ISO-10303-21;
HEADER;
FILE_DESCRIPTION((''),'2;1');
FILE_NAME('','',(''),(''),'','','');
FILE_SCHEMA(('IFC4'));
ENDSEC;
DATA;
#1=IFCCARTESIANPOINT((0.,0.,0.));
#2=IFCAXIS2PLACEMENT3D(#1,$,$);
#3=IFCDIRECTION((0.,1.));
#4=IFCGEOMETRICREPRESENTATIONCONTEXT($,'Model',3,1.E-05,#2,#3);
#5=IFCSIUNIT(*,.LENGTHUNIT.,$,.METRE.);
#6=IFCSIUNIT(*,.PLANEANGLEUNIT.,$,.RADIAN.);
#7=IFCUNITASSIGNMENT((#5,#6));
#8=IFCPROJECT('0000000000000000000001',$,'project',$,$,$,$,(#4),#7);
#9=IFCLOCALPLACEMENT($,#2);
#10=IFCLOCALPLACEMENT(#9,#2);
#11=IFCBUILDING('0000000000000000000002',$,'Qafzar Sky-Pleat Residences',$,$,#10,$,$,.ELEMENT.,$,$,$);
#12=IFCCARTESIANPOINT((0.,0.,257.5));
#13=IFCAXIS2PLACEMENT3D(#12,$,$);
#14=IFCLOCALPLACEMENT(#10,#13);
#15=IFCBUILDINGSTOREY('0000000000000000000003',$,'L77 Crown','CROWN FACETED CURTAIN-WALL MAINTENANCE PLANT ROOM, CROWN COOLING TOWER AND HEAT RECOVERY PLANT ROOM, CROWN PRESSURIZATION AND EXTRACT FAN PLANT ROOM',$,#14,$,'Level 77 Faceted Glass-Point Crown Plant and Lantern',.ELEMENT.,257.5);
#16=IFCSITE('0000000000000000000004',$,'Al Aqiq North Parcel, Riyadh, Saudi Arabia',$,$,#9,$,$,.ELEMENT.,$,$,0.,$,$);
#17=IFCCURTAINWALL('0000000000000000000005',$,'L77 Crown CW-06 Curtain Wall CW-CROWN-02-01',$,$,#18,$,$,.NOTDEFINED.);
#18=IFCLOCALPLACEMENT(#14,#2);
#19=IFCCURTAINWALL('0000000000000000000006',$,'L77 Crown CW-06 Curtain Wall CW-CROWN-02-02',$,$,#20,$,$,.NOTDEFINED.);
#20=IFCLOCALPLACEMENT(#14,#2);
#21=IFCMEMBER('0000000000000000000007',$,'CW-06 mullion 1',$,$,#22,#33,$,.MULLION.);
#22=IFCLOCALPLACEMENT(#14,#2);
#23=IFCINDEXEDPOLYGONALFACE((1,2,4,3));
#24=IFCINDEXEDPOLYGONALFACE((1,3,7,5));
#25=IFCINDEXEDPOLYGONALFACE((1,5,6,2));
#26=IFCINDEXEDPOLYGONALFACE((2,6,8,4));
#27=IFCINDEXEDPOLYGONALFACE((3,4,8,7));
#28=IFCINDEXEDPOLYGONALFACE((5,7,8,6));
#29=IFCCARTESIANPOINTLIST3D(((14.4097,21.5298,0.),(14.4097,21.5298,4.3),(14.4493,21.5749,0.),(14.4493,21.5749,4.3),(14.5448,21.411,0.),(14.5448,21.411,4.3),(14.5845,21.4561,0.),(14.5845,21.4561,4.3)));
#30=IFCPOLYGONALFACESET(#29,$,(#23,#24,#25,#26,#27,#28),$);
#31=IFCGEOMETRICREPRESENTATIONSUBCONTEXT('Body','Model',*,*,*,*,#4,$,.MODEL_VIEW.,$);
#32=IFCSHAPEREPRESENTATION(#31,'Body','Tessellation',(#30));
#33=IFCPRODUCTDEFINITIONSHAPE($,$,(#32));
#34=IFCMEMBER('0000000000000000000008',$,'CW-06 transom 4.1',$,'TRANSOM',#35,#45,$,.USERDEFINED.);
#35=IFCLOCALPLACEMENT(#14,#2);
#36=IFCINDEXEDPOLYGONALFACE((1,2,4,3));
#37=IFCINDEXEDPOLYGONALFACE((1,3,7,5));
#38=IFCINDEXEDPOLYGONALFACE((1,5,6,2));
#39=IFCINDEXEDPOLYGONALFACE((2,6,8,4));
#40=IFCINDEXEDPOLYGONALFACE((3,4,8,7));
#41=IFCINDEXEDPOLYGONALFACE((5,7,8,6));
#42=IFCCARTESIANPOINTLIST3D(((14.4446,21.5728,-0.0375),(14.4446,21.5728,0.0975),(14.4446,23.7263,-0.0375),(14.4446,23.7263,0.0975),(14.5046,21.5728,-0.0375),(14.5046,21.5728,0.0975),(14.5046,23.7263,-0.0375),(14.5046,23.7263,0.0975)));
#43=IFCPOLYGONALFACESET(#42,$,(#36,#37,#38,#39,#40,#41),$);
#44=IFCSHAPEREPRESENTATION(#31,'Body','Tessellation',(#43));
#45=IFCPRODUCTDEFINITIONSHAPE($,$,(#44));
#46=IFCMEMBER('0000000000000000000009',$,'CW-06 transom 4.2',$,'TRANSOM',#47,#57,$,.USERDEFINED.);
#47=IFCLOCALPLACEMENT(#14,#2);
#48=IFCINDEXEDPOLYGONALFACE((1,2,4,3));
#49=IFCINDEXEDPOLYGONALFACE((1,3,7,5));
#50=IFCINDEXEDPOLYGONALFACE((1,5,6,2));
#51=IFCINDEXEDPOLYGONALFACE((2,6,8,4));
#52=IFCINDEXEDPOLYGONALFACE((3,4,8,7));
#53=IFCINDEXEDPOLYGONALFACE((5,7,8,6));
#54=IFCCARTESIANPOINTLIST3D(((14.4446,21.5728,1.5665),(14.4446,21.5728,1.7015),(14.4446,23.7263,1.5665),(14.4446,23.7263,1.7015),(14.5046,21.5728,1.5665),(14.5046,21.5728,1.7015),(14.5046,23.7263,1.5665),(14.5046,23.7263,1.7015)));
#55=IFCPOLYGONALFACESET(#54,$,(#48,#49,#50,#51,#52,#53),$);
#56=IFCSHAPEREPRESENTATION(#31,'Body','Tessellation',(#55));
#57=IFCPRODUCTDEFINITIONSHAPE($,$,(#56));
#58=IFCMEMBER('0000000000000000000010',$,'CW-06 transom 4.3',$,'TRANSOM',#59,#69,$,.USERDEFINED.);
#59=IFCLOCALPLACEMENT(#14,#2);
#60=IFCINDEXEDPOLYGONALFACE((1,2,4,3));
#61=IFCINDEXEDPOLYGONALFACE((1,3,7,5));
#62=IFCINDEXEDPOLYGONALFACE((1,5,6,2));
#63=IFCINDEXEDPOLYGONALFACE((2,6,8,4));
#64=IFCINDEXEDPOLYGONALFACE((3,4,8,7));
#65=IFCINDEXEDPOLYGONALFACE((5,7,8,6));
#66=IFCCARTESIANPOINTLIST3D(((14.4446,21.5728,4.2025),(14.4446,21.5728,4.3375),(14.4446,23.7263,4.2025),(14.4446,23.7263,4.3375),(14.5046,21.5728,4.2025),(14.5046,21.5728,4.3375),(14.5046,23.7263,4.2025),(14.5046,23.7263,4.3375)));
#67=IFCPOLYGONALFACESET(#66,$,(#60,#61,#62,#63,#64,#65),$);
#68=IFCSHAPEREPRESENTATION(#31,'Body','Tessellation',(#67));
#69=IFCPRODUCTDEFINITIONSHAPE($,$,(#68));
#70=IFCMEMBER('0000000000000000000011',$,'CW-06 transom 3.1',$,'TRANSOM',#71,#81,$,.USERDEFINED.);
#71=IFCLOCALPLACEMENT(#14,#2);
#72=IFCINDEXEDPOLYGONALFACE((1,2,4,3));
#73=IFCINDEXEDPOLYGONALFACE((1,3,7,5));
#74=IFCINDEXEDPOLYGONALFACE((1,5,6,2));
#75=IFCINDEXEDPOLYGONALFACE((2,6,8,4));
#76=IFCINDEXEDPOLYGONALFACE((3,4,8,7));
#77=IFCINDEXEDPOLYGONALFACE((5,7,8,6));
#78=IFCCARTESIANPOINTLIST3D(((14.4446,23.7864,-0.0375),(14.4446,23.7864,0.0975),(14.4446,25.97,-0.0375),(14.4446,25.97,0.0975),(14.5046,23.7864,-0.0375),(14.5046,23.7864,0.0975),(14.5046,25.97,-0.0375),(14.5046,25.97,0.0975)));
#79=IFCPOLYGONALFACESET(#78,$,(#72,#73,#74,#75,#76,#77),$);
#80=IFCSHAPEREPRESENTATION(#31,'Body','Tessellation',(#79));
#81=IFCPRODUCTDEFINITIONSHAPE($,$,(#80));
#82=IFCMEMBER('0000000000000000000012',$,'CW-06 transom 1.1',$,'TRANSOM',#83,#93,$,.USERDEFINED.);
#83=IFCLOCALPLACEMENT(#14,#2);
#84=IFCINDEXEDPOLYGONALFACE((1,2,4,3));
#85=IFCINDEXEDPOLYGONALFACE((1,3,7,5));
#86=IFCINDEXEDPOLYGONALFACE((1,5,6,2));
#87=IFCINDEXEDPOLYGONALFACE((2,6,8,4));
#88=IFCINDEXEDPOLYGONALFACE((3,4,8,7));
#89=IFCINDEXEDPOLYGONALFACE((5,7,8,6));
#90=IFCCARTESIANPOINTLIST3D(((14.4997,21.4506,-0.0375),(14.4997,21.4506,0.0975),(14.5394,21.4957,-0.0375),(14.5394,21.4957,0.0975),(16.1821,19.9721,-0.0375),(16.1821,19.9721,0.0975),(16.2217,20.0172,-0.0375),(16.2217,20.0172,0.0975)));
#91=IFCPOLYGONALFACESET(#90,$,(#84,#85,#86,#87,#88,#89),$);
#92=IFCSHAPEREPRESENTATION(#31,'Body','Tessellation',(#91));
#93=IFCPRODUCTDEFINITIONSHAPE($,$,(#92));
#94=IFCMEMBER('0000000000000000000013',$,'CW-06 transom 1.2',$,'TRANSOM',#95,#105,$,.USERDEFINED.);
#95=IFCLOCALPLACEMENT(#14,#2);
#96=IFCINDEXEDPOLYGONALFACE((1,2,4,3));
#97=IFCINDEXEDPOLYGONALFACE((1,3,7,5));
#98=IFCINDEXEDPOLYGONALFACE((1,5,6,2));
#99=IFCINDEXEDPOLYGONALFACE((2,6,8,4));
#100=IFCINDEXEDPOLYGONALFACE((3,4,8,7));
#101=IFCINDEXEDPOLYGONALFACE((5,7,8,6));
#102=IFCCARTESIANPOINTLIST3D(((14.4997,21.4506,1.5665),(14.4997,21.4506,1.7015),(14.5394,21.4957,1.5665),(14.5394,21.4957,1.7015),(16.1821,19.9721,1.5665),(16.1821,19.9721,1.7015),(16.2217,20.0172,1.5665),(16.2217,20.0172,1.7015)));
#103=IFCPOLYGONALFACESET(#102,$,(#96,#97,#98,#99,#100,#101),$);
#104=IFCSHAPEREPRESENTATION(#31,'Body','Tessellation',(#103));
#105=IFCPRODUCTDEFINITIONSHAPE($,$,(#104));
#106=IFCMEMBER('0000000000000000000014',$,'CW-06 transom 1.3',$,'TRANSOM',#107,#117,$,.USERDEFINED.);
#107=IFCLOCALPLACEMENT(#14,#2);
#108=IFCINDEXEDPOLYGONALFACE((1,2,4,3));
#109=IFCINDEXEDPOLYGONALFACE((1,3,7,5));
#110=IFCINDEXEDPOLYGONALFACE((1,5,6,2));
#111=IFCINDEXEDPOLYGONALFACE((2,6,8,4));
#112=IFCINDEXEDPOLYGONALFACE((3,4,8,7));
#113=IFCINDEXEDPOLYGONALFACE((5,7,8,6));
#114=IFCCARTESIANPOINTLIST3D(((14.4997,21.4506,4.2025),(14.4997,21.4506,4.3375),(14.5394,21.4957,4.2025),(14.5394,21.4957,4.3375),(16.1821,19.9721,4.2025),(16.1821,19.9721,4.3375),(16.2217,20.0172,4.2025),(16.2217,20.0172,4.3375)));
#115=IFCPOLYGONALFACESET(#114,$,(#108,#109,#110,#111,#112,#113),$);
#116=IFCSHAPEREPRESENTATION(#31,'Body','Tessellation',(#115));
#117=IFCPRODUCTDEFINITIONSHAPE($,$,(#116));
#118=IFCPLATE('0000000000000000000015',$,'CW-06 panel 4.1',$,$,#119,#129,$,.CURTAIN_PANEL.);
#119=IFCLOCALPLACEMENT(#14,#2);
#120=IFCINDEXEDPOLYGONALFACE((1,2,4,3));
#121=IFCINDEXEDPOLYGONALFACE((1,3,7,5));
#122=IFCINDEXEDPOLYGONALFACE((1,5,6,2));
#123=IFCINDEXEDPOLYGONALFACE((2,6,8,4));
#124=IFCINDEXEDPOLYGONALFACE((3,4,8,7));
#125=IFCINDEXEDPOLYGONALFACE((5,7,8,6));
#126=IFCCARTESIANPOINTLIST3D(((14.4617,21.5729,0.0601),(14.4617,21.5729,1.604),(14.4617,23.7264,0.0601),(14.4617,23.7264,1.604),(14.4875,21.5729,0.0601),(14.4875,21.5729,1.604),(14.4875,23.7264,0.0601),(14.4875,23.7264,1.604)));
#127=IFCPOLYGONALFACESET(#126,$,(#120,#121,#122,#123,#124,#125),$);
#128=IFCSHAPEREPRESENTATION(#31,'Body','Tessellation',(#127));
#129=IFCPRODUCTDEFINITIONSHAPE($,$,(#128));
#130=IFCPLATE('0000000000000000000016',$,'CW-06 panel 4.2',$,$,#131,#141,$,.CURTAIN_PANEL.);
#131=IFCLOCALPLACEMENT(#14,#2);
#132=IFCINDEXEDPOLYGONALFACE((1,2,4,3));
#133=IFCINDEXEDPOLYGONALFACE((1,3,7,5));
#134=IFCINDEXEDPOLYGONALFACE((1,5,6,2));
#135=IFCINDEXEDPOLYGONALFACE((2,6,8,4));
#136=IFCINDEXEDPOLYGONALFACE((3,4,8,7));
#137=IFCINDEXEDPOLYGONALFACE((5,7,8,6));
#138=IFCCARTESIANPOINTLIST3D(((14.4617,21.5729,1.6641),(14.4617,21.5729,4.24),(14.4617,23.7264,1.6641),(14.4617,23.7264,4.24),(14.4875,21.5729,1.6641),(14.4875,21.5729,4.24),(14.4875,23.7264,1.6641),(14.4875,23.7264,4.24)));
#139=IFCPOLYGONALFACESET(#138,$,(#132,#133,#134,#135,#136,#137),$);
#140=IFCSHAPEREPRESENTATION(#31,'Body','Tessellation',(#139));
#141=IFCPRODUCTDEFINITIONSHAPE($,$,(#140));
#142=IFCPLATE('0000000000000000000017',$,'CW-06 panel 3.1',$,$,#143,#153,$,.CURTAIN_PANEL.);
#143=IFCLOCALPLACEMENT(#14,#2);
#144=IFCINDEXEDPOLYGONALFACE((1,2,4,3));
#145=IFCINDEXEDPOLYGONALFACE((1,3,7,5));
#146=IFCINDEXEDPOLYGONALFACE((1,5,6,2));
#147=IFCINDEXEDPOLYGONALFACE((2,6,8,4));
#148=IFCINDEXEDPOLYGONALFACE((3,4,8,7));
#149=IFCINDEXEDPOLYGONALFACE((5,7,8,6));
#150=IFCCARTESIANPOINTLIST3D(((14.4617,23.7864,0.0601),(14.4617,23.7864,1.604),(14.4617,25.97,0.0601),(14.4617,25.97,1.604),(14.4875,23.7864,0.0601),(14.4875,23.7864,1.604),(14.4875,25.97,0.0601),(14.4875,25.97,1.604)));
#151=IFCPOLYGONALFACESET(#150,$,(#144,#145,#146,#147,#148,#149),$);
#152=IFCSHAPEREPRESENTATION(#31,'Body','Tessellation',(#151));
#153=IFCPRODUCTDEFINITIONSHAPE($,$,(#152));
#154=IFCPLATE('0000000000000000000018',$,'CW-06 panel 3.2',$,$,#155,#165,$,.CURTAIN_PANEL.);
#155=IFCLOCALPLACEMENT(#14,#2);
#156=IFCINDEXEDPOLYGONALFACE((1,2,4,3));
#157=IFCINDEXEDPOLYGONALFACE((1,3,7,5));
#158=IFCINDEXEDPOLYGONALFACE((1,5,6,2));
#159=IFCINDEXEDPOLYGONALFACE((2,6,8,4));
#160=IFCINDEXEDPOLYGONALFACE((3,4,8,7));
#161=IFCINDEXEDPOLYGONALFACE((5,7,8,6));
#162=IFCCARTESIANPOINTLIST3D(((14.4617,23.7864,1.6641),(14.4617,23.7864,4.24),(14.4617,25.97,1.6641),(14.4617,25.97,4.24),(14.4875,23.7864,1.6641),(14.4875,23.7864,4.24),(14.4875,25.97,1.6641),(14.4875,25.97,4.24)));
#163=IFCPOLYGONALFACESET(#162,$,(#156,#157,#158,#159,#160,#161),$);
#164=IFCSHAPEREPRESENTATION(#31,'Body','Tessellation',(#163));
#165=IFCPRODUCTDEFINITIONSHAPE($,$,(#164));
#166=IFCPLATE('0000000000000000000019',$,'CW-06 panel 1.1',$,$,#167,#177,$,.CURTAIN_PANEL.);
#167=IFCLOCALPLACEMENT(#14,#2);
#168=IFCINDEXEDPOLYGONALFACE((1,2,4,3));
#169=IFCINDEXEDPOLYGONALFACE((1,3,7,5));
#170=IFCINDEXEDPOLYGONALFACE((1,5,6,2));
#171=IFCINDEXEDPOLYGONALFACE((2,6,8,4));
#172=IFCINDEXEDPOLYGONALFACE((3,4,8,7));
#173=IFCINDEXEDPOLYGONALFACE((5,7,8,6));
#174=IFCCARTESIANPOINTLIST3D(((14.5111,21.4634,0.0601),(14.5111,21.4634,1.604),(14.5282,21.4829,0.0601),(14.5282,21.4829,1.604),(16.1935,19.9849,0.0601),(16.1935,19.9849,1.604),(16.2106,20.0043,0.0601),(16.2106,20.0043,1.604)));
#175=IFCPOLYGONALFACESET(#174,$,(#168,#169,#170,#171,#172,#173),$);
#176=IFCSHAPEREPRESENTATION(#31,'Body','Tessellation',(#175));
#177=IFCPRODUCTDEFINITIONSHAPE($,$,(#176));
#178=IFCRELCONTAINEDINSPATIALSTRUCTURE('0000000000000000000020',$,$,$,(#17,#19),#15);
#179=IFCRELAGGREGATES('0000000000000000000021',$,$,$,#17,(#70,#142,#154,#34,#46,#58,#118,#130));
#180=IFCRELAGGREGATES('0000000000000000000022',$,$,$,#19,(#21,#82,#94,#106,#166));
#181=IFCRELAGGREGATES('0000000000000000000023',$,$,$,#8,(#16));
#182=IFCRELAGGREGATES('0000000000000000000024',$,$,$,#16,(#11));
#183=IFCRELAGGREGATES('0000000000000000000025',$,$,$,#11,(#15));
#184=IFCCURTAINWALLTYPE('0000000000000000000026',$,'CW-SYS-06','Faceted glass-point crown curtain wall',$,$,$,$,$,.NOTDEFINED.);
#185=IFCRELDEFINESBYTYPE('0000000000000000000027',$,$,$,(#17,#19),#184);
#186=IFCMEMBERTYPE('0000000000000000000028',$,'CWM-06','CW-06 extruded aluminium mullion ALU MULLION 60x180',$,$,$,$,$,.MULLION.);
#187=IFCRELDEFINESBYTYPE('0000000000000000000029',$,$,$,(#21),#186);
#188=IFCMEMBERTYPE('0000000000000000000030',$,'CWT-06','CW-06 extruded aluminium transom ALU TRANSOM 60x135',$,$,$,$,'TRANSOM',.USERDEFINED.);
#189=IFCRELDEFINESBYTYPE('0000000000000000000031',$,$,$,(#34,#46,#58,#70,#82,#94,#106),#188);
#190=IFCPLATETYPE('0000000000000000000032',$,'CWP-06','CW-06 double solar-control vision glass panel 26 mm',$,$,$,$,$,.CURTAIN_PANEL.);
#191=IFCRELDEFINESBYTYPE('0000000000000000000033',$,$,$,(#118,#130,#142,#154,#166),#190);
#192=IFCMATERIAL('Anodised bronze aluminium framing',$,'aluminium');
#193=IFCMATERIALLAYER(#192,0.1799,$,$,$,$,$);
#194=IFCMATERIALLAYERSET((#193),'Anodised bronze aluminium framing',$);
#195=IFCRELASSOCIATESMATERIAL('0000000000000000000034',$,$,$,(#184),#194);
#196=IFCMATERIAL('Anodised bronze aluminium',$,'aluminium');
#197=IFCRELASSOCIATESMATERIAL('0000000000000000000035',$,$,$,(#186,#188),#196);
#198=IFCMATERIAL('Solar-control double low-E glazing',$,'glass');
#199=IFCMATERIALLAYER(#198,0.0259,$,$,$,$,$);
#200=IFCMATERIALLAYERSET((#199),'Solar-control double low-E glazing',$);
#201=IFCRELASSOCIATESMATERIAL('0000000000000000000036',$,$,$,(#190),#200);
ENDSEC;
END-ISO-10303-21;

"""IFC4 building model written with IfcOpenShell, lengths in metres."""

from ifc_helpers import new_model, si_unit, direction, frame, origin, origin_2d, place, context, subcontext, project, spatial, rectangle, extrude, source, transform, mapped, material, layer, layer_set, material_profile, profile_set, type_object, element, aggregate, save


model = new_model("IFC4")

# Units and contexts
model_context = context("Model", 3, precision=1e-05, world=origin(), true_north=direction((0.0, 1.0)))
body_context = subcontext(model_context, "Body", "Model", "MODEL_VIEW")
ifc_project = project(units=[si_unit("LENGTHUNIT", "METRE"), si_unit("PLANEANGLEUNIT", "RADIAN")], contexts=[model_context])

# Site, building, storey
site_placement = place(None, origin())
site = spatial("IfcSite", under=ifc_project, at=site_placement, Name="Al Aqiq North Parcel, Riyadh, Saudi Arabia", CompositionType="ELEMENT", RefElevation=0.0)
building_placement = place(site_placement, origin())
building = spatial("IfcBuilding", under=site, at=building_placement, Name="Qafzar Sky-Pleat Residences", CompositionType="ELEMENT")
storey_placement = place(building_placement, frame((0.0, 0.0, 257.5)))
storey = spatial("IfcBuildingStorey", under=building, at=storey_placement, Name="L77 Crown", Description="CROWN FACETED CURTAIN-WALL MAINTENANCE PLANT ROOM, CROWN COOLING TOWER AND HEAT RECOVERY PLANT ROOM, CROWN PRESSURIZATION AND EXTRACT FAN PLANT ROOM", LongName="Level 77 Faceted Glass-Point Crown Plant and Lantern", CompositionType="ELEMENT", Elevation=257.5)

# Curtain wall
ifc_material_1 = material(Name="Anodised bronze aluminium framing", Category="aluminium")
ifc_layer_1 = layer(ifc_material_1, 0.1799)
ifc_layer_set_1 = layer_set([ifc_layer_1], Name="Anodised bronze aluminium framing")
curtain_wall_type = type_object("IfcCurtainWallType", Name="CW-SYS-06", Description="Faceted glass-point crown curtain wall", PredefinedType="NOTDEFINED", material=ifc_layer_set_1)
curtain_wall_1_placement = place(storey_placement, origin())
curtain_wall_1 = element("IfcCurtainWall", 1, at=curtain_wall_1_placement, inside=storey, type_object=curtain_wall_type, Name="L77 Crown CW-06 Curtain Wall CW-CROWN-02-01", PredefinedType="NOTDEFINED")
ifc_material_2 = material(Name="Anodised bronze aluminium", Category="aluminium")
ifc_material_profile_1 = material_profile(ifc_material_2, rectangle(XDim=0.0601, YDim=0.1799, at=origin_2d()), Name="ALU MULLION 60x180")
ifc_profile_set_1 = profile_set([ifc_material_profile_1], Name="Anodised bronze aluminium")
member_type_1 = type_object("IfcMemberType", Name="CWM-06", Description="CW-06 extruded aluminium mullion ALU MULLION 60x180", PredefinedType="MULLION", material=ifc_profile_set_1)
shared_shape_1 = source(origin(), body_context, "Body", "SweptSolid", [
    extrude(rectangle(XDim=0.0601, YDim=0.1799, at=origin_2d()), origin(), (0.0, 0.0, 1.0), 4.3),
])

# Curtain wall, member
curtain_wall_2_placement = place(storey_placement, origin())
curtain_wall_2 = element("IfcCurtainWall", 2, at=curtain_wall_2_placement, inside=storey, type_object=curtain_wall_type, Name="L77 Crown CW-06 Curtain Wall CW-CROWN-02-02", PredefinedType="NOTDEFINED")
member_1_placement = place(storey_placement, frame((14.4971, 21.4929, 0.0), z_axis=(0.0, 0.0, 1.0), x_axis=(0.660129, 0.751152, 0.0)))
member_1 = element("IfcMember", 3, at=member_1_placement, type_object=member_type_1, Name="CW-06 mullion 1", PredefinedType="MULLION", context=body_context, shape_type="MappedRepresentation", body=[
    mapped(shared_shape_1, transform((0.0, 0.0, 0.0), x_axis=(1.0, 0.0, 0.0), y_axis=(0.0, 1.0, 0.0), z_axis=(0.0, 0.0, 1.0), scale=1.0)),
])

# Members
ifc_material_profile_2 = material_profile(ifc_material_2, rectangle(XDim=0.0601, YDim=0.135, at=origin_2d()), Name="ALU TRANSOM 60x135")
ifc_profile_set_2 = profile_set([ifc_material_profile_2], Name="Anodised bronze aluminium")
member_type_2 = type_object("IfcMemberType", Name="CWT-06", Description="CW-06 extruded aluminium transom ALU TRANSOM 60x135", ElementType="TRANSOM", PredefinedType="USERDEFINED", material=ifc_profile_set_2)
shared_shape_2 = source(origin(), body_context, "Body", "SweptSolid", [
    extrude(rectangle(XDim=0.0601, YDim=0.135, at=origin_2d()), origin(), (0.0, 0.0, 1.0), 2.1536),
])
member_2_placement = place(storey_placement, frame((14.4746, 23.7263, 0.03), z_axis=(0.0, -1.0, 0.0), x_axis=(1.0, 0.0, 0.0)))
member_2 = element("IfcMember", 4, at=member_2_placement, type_object=member_type_2, Name="CW-06 transom 4.1", ObjectType="TRANSOM", PredefinedType="USERDEFINED", context=body_context, shape_type="MappedRepresentation", body=[
    mapped(shared_shape_2, transform((0.0, 0.0, 0.0), x_axis=(1.0, 0.0, 0.0), y_axis=(0.0, 1.0, 0.0), z_axis=(0.0, 0.0, 1.0), scale=1.0)),
])
member_3_placement = place(storey_placement, frame((14.4746, 23.7263, 1.634), z_axis=(0.0, -1.0, 0.0), x_axis=(1.0, 0.0, 0.0)))
member_3 = element("IfcMember", 5, at=member_3_placement, type_object=member_type_2, Name="CW-06 transom 4.2", ObjectType="TRANSOM", PredefinedType="USERDEFINED", context=body_context, shape_type="MappedRepresentation", body=[
    mapped(shared_shape_2, transform((0.0, 0.0, 0.0), x_axis=(1.0, 0.0, 0.0), y_axis=(0.0, 1.0, 0.0), z_axis=(0.0, 0.0, 1.0), scale=1.0)),
])
member_4_placement = place(storey_placement, frame((14.4746, 23.7263, 4.27), z_axis=(0.0, -1.0, 0.0), x_axis=(1.0, 0.0, 0.0)))
member_4 = element("IfcMember", 6, at=member_4_placement, type_object=member_type_2, Name="CW-06 transom 4.3", ObjectType="TRANSOM", PredefinedType="USERDEFINED", context=body_context, shape_type="MappedRepresentation", body=[
    mapped(shared_shape_2, transform((0.0, 0.0, 0.0), x_axis=(1.0, 0.0, 0.0), y_axis=(0.0, 1.0, 0.0), z_axis=(0.0, 0.0, 1.0), scale=1.0)),
])
shared_shape_3 = source(origin(), body_context, "Body", "SweptSolid", [
    extrude(rectangle(XDim=0.0601, YDim=0.135, at=origin_2d()), origin(), (0.0, 0.0, 1.0), 2.1836),
])
member_5_placement = place(storey_placement, frame((14.4746, 25.97, 0.03), z_axis=(0.0, -1.0, 0.0), x_axis=(1.0, 0.0, 0.0)))
member_5 = element("IfcMember", 7, at=member_5_placement, type_object=member_type_2, Name="CW-06 transom 3.1", ObjectType="TRANSOM", PredefinedType="USERDEFINED", context=body_context, shape_type="MappedRepresentation", body=[
    mapped(shared_shape_3, transform((0.0, 0.0, 0.0), x_axis=(1.0, 0.0, 0.0), y_axis=(0.0, 1.0, 0.0), z_axis=(0.0, 0.0, 1.0), scale=1.0)),
])
shared_shape_4 = source(origin(), body_context, "Body", "SweptSolid", [
    extrude(rectangle(XDim=0.0601, YDim=0.135, at=origin_2d()), origin(), (0.0, 0.0, 1.0), 2.2397),
])
member_6_placement = place(storey_placement, frame((14.5195, 21.4731, 0.03), z_axis=(0.75115, -0.660131, 0.0), x_axis=(0.660131, 0.75115, 0.0)))
member_6 = element("IfcMember", 8, at=member_6_placement, type_object=member_type_2, Name="CW-06 transom 1.1", ObjectType="TRANSOM", PredefinedType="USERDEFINED", context=body_context, shape_type="MappedRepresentation", body=[
    mapped(shared_shape_4, transform((0.0, 0.0, 0.0), x_axis=(1.0, 0.0, 0.0), y_axis=(0.0, 1.0, 0.0), z_axis=(0.0, 0.0, 1.0), scale=1.0)),
])
member_7_placement = place(storey_placement, frame((14.5195, 21.4731, 1.634), z_axis=(0.75115, -0.660131, 0.0), x_axis=(0.660131, 0.75115, 0.0)))
member_7 = element("IfcMember", 9, at=member_7_placement, type_object=member_type_2, Name="CW-06 transom 1.2", ObjectType="TRANSOM", PredefinedType="USERDEFINED", context=body_context, shape_type="MappedRepresentation", body=[
    mapped(shared_shape_4, transform((0.0, 0.0, 0.0), x_axis=(1.0, 0.0, 0.0), y_axis=(0.0, 1.0, 0.0), z_axis=(0.0, 0.0, 1.0), scale=1.0)),
])
member_8_placement = place(storey_placement, frame((14.5195, 21.4731, 4.27), z_axis=(0.75115, -0.660131, 0.0), x_axis=(0.660131, 0.75115, 0.0)))
member_8 = element("IfcMember", 10, at=member_8_placement, type_object=member_type_2, Name="CW-06 transom 1.3", ObjectType="TRANSOM", PredefinedType="USERDEFINED", context=body_context, shape_type="MappedRepresentation", body=[
    mapped(shared_shape_4, transform((0.0, 0.0, 0.0), x_axis=(1.0, 0.0, 0.0), y_axis=(0.0, 1.0, 0.0), z_axis=(0.0, 0.0, 1.0), scale=1.0)),
])

# Plates
ifc_material_3 = material(Name="Solar-control double low-E glazing", Category="glass")
ifc_layer_2 = layer(ifc_material_3, 0.0259)
ifc_layer_set_2 = layer_set([ifc_layer_2], Name="Solar-control double low-E glazing")
plate_type = type_object("IfcPlateType", Name="CWP-06", Description="CW-06 double solar-control vision glass panel 26 mm", PredefinedType="CURTAIN_PANEL", material=ifc_layer_set_2)
shared_shape_5 = source(origin(), body_context, "Body", "SweptSolid", [
    extrude(rectangle(XDim=2.1536, YDim=0.0259, at=origin_2d()), origin(), (0.0, 0.0, 1.0), 1.5439),
])
plate_1_placement = place(storey_placement, frame((14.4746, 22.6497, 0.0601), z_axis=(0.0, 0.0, 1.0), x_axis=(0.0, -1.0, 0.0)))
plate_1 = element("IfcPlate", 11, at=plate_1_placement, type_object=plate_type, Name="CW-06 panel 4.1", PredefinedType="CURTAIN_PANEL", context=body_context, shape_type="MappedRepresentation", body=[
    mapped(shared_shape_5, transform((0.0, 0.0, 0.0), x_axis=(1.0, 0.0, 0.0), y_axis=(0.0, 1.0, 0.0), z_axis=(0.0, 0.0, 1.0), scale=1.0)),
])
shared_shape_6 = source(origin(), body_context, "Body", "SweptSolid", [
    extrude(rectangle(XDim=2.1536, YDim=0.0259, at=origin_2d()), origin(), (0.0, 0.0, 1.0), 2.5759),
])
plate_2_placement = place(storey_placement, frame((14.4746, 22.6497, 1.6641), z_axis=(0.0, 0.0, 1.0), x_axis=(0.0, -1.0, 0.0)))
plate_2 = element("IfcPlate", 12, at=plate_2_placement, type_object=plate_type, Name="CW-06 panel 4.2", PredefinedType="CURTAIN_PANEL", context=body_context, shape_type="MappedRepresentation", body=[
    mapped(shared_shape_6, transform((0.0, 0.0, 0.0), x_axis=(1.0, 0.0, 0.0), y_axis=(0.0, 1.0, 0.0), z_axis=(0.0, 0.0, 1.0), scale=1.0)),
])
shared_shape_7 = source(origin(), body_context, "Body", "SweptSolid", [
    extrude(rectangle(XDim=2.1836, YDim=0.0259, at=origin_2d()), origin(), (0.0, 0.0, 1.0), 1.5439),
])
plate_3_placement = place(storey_placement, frame((14.4746, 24.8782, 0.0601), z_axis=(0.0, 0.0, 1.0), x_axis=(0.0, -1.0, 0.0)))
plate_3 = element("IfcPlate", 13, at=plate_3_placement, type_object=plate_type, Name="CW-06 panel 3.1", PredefinedType="CURTAIN_PANEL", context=body_context, shape_type="MappedRepresentation", body=[
    mapped(shared_shape_7, transform((0.0, 0.0, 0.0), x_axis=(1.0, 0.0, 0.0), y_axis=(0.0, 1.0, 0.0), z_axis=(0.0, 0.0, 1.0), scale=1.0)),
])
shared_shape_8 = source(origin(), body_context, "Body", "SweptSolid", [
    extrude(rectangle(XDim=2.1836, YDim=0.0259, at=origin_2d()), origin(), (0.0, 0.0, 1.0), 2.5759),
])
plate_4_placement = place(storey_placement, frame((14.4746, 24.8782, 1.6641), z_axis=(0.0, 0.0, 1.0), x_axis=(0.0, -1.0, 0.0)))
plate_4 = element("IfcPlate", 14, at=plate_4_placement, type_object=plate_type, Name="CW-06 panel 3.2", PredefinedType="CURTAIN_PANEL", context=body_context, shape_type="MappedRepresentation", body=[
    mapped(shared_shape_8, transform((0.0, 0.0, 0.0), x_axis=(1.0, 0.0, 0.0), y_axis=(0.0, 1.0, 0.0), z_axis=(0.0, 0.0, 1.0), scale=1.0)),
])
aggregate(curtain_wall_1, [member_5, plate_3, plate_4, member_2, member_3, member_4, plate_1, plate_2])
shared_shape_9 = source(origin(), body_context, "Body", "SweptSolid", [
    extrude(rectangle(XDim=2.2397, YDim=0.0259, at=origin_2d()), origin(), (0.0, 0.0, 1.0), 1.5439),
])
plate_5_placement = place(storey_placement, frame((15.3608, 20.7339, 0.0601), z_axis=(0.0, 0.0, 1.0), x_axis=(0.751152, -0.660129, 0.0)))
plate_5 = element("IfcPlate", 15, at=plate_5_placement, type_object=plate_type, Name="CW-06 panel 1.1", PredefinedType="CURTAIN_PANEL", context=body_context, shape_type="MappedRepresentation", body=[
    mapped(shared_shape_9, transform((0.0, 0.0, 0.0), x_axis=(1.0, 0.0, 0.0), y_axis=(0.0, 1.0, 0.0), z_axis=(0.0, 0.0, 1.0), scale=1.0)),
])
aggregate(curtain_wall_2, [member_1, member_6, member_7, member_8, plate_5])

save(model, "model.ifc")
